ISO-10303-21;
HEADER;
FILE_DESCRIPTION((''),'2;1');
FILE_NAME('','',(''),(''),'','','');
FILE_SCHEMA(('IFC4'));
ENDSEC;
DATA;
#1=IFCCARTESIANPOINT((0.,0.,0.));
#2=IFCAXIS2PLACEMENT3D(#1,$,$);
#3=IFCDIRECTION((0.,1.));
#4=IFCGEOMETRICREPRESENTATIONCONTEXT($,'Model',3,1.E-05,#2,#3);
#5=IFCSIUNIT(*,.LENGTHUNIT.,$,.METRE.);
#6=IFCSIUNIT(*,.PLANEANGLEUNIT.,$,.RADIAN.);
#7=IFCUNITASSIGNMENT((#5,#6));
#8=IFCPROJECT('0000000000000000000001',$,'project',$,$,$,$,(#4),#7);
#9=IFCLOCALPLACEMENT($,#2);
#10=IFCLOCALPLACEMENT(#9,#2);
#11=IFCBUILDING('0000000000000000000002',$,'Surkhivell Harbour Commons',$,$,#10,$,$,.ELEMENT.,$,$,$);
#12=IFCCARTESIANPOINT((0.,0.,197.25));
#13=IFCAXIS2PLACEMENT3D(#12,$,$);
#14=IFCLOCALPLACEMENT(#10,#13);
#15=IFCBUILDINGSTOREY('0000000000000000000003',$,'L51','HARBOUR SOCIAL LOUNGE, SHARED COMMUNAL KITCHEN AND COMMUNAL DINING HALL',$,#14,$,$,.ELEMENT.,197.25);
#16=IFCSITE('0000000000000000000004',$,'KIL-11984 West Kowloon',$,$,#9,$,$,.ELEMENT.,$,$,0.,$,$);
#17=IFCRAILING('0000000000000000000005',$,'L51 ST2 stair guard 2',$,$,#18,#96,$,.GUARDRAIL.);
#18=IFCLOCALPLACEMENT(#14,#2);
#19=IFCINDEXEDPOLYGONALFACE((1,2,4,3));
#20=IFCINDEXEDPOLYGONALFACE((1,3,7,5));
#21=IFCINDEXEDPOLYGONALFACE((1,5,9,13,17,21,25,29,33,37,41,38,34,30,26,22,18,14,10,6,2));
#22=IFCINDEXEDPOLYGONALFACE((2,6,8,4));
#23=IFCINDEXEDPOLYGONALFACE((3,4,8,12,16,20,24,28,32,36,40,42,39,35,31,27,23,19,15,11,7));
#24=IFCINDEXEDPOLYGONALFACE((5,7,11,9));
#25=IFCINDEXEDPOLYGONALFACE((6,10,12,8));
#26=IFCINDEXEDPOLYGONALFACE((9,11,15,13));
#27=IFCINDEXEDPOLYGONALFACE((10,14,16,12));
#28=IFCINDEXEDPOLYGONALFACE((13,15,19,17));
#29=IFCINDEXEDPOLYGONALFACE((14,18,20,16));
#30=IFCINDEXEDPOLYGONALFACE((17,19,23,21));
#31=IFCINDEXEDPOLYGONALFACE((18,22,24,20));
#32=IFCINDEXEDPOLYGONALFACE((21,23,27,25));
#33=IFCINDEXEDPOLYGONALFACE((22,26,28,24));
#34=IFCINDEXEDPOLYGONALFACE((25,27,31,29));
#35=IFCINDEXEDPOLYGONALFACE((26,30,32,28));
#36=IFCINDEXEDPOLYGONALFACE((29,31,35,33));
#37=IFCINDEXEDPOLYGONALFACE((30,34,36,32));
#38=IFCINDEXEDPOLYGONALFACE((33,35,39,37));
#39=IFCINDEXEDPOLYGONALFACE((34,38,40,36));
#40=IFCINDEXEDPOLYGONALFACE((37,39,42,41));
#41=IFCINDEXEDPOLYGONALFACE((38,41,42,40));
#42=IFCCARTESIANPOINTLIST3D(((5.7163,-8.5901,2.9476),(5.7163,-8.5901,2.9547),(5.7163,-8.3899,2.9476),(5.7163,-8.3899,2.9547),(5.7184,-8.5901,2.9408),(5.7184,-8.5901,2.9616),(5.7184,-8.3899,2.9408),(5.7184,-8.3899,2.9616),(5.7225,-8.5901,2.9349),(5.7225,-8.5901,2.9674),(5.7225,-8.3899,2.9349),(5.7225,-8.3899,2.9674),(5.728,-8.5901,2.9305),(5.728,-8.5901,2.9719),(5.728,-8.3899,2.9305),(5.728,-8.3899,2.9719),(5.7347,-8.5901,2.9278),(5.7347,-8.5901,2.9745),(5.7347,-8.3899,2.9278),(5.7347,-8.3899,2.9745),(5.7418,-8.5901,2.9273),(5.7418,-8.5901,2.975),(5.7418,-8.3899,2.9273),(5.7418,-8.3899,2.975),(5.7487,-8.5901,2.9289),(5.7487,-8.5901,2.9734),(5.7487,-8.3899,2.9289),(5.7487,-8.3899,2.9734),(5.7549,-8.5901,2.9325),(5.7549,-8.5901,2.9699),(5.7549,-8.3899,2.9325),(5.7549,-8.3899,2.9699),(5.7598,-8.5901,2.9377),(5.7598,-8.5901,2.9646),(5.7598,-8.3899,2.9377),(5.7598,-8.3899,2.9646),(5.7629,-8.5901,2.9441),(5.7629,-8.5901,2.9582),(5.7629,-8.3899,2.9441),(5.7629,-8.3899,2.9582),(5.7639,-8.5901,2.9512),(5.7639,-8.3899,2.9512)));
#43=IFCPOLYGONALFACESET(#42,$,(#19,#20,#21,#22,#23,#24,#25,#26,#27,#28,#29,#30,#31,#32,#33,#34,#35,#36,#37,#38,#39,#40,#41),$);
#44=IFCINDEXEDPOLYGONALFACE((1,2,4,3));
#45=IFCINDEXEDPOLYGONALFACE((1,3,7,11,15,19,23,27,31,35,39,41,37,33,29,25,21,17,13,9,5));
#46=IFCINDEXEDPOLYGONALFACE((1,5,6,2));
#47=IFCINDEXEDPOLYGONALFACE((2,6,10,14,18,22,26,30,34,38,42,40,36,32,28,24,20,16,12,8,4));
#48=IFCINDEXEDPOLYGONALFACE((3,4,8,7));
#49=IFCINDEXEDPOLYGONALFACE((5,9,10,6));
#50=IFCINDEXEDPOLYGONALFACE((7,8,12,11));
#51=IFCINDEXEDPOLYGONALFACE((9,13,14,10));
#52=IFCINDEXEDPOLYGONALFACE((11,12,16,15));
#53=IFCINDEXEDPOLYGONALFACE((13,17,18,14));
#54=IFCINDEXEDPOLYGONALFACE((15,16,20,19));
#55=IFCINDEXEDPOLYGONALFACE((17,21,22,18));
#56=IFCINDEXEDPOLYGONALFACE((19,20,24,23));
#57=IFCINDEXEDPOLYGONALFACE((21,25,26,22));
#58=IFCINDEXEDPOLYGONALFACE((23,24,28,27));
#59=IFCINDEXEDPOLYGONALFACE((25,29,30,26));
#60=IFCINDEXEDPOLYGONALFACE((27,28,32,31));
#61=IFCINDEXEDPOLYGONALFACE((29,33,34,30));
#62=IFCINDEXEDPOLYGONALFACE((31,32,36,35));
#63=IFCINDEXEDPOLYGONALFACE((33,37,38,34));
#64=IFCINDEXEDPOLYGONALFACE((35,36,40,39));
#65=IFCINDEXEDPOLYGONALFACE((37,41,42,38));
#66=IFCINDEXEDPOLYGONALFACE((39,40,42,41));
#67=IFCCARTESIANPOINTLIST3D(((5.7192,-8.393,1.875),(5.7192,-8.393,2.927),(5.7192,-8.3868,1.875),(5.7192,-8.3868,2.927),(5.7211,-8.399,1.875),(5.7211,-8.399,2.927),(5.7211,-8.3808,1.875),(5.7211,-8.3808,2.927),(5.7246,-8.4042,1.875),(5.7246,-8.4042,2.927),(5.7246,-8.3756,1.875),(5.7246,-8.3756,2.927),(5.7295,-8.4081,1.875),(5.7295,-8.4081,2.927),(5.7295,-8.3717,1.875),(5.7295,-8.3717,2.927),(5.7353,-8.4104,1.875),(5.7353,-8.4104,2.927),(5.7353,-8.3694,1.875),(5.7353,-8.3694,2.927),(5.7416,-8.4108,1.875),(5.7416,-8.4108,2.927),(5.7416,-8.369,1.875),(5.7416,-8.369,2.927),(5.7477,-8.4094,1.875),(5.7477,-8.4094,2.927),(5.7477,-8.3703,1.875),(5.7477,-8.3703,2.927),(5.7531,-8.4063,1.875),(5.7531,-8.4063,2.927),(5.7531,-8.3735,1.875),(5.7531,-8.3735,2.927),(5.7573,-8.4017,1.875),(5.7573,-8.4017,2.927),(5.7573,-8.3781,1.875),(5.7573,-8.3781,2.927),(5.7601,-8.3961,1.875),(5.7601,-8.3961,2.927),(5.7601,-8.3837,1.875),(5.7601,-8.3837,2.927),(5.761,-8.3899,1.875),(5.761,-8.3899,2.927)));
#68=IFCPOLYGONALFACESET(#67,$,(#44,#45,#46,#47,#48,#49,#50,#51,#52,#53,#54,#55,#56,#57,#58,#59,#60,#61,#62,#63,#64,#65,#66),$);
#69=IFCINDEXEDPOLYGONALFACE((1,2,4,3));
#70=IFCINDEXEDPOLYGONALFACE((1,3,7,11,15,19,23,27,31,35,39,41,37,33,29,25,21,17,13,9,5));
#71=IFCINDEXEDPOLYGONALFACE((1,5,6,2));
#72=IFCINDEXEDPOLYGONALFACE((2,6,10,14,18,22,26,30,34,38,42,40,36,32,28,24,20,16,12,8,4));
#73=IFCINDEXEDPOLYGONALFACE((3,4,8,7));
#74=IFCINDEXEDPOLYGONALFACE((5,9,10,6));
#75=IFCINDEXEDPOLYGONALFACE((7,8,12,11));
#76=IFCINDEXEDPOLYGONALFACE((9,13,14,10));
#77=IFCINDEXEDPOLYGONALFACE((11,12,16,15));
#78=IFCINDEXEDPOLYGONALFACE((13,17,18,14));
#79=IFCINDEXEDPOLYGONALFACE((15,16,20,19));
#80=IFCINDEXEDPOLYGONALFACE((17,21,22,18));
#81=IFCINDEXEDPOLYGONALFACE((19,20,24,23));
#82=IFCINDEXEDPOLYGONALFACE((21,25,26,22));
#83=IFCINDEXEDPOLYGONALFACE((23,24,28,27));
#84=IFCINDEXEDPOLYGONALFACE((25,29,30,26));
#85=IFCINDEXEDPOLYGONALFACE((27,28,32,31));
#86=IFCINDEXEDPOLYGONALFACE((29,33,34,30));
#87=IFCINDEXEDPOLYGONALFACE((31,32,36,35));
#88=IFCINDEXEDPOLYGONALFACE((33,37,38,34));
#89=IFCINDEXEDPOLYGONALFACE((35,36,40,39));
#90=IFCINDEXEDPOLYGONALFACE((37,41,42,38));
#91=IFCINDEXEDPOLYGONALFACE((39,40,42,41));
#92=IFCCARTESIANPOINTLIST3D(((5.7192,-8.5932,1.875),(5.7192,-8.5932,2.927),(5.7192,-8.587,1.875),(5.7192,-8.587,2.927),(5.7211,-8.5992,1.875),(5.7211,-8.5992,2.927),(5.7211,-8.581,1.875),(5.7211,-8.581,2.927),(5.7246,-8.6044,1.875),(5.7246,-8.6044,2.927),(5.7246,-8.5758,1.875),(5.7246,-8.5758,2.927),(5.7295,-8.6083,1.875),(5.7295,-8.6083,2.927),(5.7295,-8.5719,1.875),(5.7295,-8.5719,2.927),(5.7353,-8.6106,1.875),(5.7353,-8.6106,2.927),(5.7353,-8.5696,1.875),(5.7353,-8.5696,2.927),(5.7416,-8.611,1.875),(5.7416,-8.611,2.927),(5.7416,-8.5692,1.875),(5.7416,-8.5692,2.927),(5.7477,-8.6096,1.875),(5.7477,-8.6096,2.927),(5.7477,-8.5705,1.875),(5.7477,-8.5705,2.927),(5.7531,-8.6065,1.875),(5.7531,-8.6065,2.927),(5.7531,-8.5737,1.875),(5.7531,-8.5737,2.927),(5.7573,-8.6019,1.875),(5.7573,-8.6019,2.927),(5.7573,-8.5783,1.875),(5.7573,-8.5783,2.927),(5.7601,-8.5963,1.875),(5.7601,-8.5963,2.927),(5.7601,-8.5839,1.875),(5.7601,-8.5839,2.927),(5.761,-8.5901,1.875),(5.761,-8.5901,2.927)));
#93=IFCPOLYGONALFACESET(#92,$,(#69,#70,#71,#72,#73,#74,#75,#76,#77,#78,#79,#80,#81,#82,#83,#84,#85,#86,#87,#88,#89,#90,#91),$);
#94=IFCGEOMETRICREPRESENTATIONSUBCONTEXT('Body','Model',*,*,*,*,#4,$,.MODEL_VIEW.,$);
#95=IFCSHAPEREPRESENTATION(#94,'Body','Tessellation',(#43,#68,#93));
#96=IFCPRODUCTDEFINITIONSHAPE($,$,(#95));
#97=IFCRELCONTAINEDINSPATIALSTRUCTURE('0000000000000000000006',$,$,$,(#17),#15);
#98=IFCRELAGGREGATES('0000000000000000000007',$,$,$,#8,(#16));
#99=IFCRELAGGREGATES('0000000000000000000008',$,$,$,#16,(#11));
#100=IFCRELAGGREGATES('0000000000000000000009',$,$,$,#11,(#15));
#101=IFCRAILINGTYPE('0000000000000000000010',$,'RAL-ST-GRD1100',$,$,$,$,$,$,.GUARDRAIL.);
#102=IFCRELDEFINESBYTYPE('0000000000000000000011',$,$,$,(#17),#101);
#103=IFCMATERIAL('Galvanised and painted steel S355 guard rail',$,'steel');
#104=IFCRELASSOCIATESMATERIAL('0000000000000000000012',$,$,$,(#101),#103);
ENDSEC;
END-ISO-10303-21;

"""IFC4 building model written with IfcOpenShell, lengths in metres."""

from ifc_helpers import new_model, si_unit, direction, frame, origin, origin_2d, place, context, subcontext, project, spatial, circle, extrude, material, type_object, element, save


model = new_model("IFC4")

# Units and contexts
model_context = context("Model", 3, precision=1e-05, world=origin(), true_north=direction((0.0, 1.0)))
body_context = subcontext(model_context, "Body", "Model", "MODEL_VIEW")
ifc_project = project(units=[si_unit("LENGTHUNIT", "METRE"), si_unit("PLANEANGLEUNIT", "RADIAN")], contexts=[model_context])

# Site, building, storey
site_placement = place(None, origin())
site = spatial("IfcSite", under=ifc_project, at=site_placement, Name="KIL-11984 West Kowloon", CompositionType="ELEMENT", RefElevation=0.0)
building_placement = place(site_placement, origin())
building = spatial("IfcBuilding", under=site, at=building_placement, Name="Surkhivell Harbour Commons", CompositionType="ELEMENT")
storey_placement = place(building_placement, frame((0.0, 0.0, 197.25)))
storey = spatial("IfcBuildingStorey", under=building, at=storey_placement, Name="L51", Description="HARBOUR SOCIAL LOUNGE, SHARED COMMUNAL KITCHEN AND COMMUNAL DINING HALL", CompositionType="ELEMENT", Elevation=197.25)

# Railing
ifc_material_1 = material(Name="Galvanised and painted steel S355 guard rail", Category="steel")
railing_type_1 = type_object("IfcRailingType", Name="RAL-ST-GRD1100", PredefinedType="GUARDRAIL", material=ifc_material_1)
railing_1_placement = place(storey_placement, frame((5.74, -8.3899, 1.875)))
element("IfcRailing", 1, at=railing_1_placement, inside=storey, type_object=railing_type_1, Name="L51 ST2 stair guard 2", PredefinedType="GUARDRAIL", context=body_context, shape_type="SweptSolid", body=[
    extrude(circle(Radius=0.0239, at=origin_2d()), frame((0.0, 0.0, 1.0762), z_axis=(0.0, -1.0, 0.0), x_axis=(1.0, 0.0, 0.0)), (0.0, 0.0, 1.0), 0.2002),
    extrude(circle(Radius=0.021, at=origin_2d()), origin(), (0.0, 0.0, 1.0), 1.052),
    extrude(circle(Radius=0.021, at=origin_2d()), frame((0.0, -0.2002, 0.0)), (0.0, 0.0, 1.0), 1.052),
])

save(model, "model.ifc")
